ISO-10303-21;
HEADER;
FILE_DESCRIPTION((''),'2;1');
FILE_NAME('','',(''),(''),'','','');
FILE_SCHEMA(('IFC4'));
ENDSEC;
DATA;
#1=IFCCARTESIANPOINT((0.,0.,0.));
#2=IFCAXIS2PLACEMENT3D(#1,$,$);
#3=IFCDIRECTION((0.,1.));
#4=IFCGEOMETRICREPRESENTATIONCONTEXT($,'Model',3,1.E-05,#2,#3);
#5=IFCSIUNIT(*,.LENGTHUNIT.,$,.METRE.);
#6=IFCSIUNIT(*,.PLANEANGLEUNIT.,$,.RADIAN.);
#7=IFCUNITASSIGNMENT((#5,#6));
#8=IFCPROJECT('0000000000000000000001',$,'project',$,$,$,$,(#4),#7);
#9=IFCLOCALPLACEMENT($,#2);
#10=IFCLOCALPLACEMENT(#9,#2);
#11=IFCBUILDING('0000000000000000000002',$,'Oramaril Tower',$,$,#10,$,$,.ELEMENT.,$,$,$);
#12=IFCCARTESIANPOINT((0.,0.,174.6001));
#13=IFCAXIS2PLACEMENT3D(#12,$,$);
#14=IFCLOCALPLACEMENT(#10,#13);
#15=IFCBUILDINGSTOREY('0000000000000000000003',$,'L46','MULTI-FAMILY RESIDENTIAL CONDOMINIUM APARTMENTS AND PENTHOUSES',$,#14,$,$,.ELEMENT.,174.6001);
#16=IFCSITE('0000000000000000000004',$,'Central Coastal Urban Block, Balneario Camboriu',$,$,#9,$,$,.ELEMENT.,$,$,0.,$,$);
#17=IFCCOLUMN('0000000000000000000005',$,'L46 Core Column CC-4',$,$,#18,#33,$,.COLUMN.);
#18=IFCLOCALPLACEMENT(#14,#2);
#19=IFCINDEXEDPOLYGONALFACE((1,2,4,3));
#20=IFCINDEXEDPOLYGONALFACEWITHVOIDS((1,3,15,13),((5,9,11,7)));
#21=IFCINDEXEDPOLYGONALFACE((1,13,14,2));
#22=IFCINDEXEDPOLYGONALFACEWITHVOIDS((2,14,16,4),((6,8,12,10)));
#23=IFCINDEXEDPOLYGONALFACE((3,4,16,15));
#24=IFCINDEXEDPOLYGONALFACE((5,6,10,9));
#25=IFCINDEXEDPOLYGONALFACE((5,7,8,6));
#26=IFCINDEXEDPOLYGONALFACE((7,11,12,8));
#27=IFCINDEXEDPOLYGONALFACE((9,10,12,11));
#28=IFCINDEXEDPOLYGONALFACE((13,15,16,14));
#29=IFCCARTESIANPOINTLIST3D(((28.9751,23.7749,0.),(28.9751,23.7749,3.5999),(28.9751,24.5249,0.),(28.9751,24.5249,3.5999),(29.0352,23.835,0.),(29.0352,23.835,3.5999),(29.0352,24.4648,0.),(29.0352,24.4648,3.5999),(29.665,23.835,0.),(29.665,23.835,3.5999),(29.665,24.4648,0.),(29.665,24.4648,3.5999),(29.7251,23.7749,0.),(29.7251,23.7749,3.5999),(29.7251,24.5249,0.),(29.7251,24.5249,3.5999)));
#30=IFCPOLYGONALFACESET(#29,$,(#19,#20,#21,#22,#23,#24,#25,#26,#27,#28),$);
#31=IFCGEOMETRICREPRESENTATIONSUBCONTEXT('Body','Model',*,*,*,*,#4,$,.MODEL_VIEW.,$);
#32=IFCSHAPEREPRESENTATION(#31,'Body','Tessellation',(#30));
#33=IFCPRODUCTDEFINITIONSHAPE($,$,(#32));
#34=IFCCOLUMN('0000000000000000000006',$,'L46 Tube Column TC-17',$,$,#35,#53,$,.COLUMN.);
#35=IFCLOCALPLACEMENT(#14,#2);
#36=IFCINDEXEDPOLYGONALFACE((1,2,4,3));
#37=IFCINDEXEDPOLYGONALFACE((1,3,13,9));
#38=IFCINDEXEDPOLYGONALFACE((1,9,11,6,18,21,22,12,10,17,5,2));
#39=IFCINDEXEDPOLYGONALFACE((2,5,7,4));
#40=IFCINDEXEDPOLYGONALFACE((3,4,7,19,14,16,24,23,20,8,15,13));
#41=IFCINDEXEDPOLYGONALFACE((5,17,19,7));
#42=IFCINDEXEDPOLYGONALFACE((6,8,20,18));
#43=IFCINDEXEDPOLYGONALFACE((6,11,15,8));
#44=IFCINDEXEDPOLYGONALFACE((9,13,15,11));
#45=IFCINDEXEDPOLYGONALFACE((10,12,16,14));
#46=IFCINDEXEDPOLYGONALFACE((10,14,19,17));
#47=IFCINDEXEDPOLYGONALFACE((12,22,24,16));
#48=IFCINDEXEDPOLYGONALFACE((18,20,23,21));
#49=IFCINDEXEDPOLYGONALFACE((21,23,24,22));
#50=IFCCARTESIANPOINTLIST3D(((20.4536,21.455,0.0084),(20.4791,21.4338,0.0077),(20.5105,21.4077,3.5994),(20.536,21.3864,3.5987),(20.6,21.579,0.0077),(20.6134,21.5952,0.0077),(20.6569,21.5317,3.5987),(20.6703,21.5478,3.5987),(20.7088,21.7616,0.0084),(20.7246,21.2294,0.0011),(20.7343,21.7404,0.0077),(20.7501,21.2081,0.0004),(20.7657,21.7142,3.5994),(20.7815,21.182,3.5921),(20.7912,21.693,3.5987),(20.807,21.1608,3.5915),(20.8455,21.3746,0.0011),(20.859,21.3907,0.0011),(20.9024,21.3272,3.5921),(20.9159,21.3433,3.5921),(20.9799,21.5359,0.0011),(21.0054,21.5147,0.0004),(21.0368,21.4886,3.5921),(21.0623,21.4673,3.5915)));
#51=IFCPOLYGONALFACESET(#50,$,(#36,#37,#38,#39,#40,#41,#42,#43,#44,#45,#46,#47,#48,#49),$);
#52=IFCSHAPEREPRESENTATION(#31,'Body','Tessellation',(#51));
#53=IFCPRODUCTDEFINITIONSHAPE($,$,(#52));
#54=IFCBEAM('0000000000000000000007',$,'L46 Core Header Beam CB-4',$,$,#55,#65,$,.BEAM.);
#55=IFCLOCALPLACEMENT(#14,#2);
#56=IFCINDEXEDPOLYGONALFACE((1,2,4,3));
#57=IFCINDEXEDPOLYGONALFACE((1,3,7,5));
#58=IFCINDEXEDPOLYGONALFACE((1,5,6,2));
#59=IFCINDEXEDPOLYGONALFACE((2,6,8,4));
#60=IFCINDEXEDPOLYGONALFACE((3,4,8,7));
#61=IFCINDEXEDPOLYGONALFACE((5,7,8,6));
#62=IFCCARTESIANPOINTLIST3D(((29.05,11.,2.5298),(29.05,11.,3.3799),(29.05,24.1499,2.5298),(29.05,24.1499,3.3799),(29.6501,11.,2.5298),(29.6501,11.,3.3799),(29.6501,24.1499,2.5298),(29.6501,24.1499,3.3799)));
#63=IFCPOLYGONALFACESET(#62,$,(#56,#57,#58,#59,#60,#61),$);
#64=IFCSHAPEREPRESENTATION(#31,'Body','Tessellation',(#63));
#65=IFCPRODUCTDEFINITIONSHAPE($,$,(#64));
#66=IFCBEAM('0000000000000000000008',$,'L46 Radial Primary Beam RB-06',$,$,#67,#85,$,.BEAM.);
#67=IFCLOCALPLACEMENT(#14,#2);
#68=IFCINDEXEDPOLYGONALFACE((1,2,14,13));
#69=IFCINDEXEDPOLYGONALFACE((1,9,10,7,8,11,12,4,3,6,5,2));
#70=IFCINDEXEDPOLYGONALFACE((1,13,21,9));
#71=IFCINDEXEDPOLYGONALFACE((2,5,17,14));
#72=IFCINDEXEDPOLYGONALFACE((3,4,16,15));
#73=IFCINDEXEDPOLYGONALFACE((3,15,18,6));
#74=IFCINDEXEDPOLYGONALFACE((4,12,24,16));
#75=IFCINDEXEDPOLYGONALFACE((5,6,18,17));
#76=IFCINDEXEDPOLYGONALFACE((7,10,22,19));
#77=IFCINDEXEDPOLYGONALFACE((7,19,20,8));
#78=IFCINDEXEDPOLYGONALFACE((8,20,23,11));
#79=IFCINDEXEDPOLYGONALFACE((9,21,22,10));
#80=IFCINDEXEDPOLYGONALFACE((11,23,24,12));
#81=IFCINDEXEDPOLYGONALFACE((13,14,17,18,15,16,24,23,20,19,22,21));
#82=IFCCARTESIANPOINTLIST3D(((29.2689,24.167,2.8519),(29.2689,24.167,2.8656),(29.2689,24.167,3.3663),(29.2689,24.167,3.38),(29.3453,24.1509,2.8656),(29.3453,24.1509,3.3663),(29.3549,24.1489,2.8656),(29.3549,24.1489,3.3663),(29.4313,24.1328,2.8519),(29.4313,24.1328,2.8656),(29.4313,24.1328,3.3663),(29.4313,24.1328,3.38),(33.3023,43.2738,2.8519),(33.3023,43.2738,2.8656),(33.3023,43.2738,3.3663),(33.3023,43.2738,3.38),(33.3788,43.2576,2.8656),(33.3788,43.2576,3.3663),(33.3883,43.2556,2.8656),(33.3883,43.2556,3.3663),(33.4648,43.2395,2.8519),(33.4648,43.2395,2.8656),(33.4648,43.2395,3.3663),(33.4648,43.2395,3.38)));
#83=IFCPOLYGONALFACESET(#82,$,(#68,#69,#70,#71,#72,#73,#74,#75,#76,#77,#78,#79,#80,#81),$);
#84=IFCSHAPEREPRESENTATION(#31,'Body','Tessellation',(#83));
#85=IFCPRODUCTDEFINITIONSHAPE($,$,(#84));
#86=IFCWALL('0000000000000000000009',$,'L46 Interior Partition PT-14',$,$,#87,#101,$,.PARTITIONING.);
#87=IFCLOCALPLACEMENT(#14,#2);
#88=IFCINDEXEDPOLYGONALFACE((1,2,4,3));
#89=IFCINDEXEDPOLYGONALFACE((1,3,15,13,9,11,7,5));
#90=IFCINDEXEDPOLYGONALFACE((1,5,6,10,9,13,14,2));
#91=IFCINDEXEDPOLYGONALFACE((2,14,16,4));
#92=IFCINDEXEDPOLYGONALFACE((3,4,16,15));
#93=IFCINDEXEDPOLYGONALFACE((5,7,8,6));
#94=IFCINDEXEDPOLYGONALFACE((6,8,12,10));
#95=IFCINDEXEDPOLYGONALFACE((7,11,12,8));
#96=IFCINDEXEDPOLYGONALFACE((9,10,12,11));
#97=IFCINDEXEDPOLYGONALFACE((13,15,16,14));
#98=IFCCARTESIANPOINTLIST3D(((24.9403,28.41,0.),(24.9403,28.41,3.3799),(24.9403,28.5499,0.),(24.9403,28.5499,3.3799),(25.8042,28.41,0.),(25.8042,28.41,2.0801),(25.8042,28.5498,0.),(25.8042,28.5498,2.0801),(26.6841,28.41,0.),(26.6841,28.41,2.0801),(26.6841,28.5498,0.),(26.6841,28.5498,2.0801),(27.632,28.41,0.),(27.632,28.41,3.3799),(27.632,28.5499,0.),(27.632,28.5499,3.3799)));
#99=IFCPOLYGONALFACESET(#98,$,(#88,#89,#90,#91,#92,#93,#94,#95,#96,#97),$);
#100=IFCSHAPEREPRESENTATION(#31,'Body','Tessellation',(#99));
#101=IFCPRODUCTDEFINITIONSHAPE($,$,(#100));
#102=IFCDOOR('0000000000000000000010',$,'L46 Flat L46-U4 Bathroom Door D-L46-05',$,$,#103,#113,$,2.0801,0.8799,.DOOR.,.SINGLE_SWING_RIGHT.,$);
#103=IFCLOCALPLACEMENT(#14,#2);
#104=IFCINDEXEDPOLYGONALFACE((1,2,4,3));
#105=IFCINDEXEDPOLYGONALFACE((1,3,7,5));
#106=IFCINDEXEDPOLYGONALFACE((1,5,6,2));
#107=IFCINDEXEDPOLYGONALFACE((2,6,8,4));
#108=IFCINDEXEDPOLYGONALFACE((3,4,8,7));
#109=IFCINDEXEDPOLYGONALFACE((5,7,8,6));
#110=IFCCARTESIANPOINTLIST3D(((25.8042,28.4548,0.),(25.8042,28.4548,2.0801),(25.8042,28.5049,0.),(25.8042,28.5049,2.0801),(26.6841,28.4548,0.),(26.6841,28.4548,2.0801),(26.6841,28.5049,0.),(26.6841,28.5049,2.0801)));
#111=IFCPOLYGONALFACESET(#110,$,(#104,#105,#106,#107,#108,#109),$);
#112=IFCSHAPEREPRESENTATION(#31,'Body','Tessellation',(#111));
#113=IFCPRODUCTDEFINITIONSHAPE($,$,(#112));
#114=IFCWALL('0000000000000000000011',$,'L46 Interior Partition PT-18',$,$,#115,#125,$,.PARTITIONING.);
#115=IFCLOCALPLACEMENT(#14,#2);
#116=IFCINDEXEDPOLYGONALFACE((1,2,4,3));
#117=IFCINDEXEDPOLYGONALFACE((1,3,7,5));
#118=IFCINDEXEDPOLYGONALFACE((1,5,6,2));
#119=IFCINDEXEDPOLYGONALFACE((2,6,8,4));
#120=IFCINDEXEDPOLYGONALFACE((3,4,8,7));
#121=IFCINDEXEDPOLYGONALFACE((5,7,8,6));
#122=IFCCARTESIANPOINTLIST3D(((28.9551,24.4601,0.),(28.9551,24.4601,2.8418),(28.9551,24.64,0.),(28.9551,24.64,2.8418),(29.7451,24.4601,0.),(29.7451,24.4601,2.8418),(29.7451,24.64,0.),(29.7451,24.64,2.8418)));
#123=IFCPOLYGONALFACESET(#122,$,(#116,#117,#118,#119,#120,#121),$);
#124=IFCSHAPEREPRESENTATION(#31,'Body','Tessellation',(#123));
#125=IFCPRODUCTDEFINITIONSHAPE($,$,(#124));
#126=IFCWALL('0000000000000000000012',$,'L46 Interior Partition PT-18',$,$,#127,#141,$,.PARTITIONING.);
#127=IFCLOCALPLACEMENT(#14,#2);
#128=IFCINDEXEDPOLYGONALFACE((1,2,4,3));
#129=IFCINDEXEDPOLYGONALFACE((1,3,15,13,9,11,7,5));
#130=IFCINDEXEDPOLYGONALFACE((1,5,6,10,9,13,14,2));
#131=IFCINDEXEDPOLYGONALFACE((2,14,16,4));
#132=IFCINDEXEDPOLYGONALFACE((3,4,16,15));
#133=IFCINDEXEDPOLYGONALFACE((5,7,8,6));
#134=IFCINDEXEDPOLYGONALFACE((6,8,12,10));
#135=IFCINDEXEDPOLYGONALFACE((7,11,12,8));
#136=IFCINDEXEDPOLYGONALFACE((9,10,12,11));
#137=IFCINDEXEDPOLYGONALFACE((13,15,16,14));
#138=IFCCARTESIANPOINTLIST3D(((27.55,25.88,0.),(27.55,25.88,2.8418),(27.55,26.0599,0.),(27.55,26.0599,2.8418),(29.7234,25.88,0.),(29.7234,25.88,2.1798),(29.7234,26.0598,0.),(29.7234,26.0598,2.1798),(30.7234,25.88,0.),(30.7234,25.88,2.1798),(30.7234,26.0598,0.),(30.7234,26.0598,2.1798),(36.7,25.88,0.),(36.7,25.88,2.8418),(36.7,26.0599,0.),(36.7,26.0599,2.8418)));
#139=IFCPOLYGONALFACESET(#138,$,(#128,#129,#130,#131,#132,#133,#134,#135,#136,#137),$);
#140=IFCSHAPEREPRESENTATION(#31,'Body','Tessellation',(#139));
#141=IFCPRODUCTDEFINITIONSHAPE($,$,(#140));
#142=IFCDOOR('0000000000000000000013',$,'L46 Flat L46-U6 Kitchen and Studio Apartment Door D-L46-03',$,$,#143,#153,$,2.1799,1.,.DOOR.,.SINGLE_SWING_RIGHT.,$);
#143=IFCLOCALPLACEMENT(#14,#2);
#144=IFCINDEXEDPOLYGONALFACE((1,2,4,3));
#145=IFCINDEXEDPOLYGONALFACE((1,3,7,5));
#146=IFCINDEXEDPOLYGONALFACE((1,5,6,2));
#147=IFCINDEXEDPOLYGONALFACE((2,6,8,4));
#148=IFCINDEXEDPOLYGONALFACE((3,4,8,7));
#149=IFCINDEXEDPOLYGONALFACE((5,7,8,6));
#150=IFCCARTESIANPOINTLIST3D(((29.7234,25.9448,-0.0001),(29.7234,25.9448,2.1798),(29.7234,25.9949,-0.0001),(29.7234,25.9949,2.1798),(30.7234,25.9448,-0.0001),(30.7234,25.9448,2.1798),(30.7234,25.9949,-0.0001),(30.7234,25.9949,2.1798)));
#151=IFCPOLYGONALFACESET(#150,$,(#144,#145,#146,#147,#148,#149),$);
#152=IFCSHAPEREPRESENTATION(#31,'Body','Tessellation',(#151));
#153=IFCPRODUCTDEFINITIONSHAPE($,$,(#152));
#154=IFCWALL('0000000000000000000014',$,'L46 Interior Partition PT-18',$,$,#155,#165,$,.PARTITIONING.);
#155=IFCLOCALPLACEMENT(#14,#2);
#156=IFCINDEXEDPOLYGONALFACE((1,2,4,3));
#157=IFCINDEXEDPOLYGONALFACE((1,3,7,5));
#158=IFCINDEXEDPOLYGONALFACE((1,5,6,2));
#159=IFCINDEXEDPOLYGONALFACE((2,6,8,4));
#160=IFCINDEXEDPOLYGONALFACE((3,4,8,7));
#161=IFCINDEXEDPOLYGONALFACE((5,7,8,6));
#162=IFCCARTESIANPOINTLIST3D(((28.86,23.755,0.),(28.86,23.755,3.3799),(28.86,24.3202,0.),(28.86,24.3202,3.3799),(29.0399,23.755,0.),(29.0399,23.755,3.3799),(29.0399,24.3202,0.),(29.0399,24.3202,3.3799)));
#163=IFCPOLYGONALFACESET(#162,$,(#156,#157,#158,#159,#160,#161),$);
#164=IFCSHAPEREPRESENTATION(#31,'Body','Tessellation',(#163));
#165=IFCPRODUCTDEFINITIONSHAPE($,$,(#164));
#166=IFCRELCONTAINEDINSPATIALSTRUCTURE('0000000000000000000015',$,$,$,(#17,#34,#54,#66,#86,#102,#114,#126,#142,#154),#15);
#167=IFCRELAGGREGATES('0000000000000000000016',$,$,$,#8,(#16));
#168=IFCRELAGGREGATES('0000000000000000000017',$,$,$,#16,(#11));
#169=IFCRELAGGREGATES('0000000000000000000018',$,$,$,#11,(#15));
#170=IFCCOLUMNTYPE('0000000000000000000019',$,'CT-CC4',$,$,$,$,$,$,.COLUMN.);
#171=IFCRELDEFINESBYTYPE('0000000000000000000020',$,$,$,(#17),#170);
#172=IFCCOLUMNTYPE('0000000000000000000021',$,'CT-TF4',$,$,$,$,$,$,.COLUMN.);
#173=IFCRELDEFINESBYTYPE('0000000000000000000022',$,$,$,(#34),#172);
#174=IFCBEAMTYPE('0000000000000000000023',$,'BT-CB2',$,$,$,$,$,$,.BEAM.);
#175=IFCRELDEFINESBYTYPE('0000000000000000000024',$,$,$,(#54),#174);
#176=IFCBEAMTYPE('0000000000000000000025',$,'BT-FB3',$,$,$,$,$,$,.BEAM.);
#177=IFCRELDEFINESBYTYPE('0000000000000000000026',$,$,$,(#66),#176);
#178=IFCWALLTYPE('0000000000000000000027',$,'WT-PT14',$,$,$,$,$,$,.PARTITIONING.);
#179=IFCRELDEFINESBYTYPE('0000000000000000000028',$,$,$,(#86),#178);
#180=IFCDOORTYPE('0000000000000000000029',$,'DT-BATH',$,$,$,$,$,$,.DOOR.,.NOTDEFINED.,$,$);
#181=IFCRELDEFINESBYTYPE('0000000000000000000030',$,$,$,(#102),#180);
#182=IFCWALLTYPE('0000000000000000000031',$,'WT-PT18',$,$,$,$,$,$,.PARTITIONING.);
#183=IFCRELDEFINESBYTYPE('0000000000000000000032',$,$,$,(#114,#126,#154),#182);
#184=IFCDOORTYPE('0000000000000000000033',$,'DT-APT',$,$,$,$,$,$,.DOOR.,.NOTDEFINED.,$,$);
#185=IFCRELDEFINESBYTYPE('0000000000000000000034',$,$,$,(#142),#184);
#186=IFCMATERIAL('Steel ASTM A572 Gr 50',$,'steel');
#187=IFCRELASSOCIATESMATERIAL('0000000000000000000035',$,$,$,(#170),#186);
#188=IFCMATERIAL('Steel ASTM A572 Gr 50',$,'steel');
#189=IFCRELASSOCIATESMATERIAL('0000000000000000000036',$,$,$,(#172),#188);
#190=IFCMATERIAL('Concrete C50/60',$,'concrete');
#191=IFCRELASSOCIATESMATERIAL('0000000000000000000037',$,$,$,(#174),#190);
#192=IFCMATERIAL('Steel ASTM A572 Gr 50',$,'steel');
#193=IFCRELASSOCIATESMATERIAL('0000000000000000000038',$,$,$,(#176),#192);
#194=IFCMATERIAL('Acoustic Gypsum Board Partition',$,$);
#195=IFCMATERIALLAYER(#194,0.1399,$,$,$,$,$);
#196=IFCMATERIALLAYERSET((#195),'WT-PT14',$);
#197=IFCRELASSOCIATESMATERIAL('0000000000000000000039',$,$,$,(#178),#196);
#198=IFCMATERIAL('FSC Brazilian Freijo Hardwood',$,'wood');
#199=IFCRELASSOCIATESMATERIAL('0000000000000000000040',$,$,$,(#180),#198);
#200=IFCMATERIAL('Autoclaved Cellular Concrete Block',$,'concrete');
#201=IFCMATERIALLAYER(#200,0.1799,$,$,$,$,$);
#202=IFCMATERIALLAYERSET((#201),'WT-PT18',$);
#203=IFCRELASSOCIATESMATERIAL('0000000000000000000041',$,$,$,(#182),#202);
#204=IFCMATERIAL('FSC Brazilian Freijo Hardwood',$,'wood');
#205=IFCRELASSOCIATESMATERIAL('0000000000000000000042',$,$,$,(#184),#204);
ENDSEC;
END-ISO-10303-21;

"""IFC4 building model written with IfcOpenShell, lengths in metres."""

from ifc_helpers import new_model, si_unit, direction, frame, frame_2d, origin, origin_2d, place, context, subcontext, project, spatial, rectangle, hollow_rectangle, i_section, extrude, material, layer, layer_set, material_profile, profile_set, type_object, element, fill, save


model = new_model("IFC4")

# Units and contexts
model_context = context("Model", 3, precision=1e-05, world=origin(), true_north=direction((0.0, 1.0)))
body_context = subcontext(model_context, "Body", "Model", "MODEL_VIEW")
ifc_project = project(units=[si_unit("LENGTHUNIT", "METRE"), si_unit("PLANEANGLEUNIT", "RADIAN")], contexts=[model_context])

# Site, building, storey
site_placement = place(None, origin())
site = spatial("IfcSite", under=ifc_project, at=site_placement, Name="Central Coastal Urban Block, Balneario Camboriu", CompositionType="ELEMENT", RefElevation=0.0)
building_placement = place(site_placement, origin())
building = spatial("IfcBuilding", under=site, at=building_placement, Name="Oramaril Tower", CompositionType="ELEMENT")
storey_placement = place(building_placement, frame((0.0, 0.0, 174.6001)))
storey = spatial("IfcBuildingStorey", under=building, at=storey_placement, Name="L46", Description="MULTI-FAMILY RESIDENTIAL CONDOMINIUM APARTMENTS AND PENTHOUSES", CompositionType="ELEMENT", Elevation=174.6001)

# Columns
ifc_material_1 = material(Name="Steel ASTM A572 Gr 50", Category="steel")
ifc_material_profile_1 = material_profile(ifc_material_1, hollow_rectangle(XDim=0.75, YDim=0.75, WallThickness=0.0601, at=origin_2d()), Name="BOX750X750X60")
ifc_profile_set_1 = profile_set([ifc_material_profile_1], Name="Steel ASTM A572 Gr 50")
column_type_1 = type_object("IfcColumnType", Name="CT-CC4", PredefinedType="COLUMN", material=ifc_profile_set_1)
column_1_placement = place(storey_placement, frame((29.3501, 24.1499, 0.0), z_axis=(0.0, 0.0, 1.0), x_axis=(1.0, 0.0, 0.0)))
element("IfcColumn", 1, at=column_1_placement, inside=storey, type_object=column_type_1, Name="L46 Core Column CC-4", PredefinedType="COLUMN", context=body_context, shape_type="SweptSolid", body=[
    extrude(hollow_rectangle(XDim=0.75, YDim=0.75, WallThickness=0.0601, at=origin_2d()), origin(), (0.0, 0.0, 1.0), 3.5999),
])
ifc_material_2 = material(Name="Steel ASTM A572 Gr 50", Category="steel")
ifc_material_profile_2 = material_profile(ifc_material_2, i_section(OverallWidth=0.3989, OverallDepth=0.386, WebThickness=0.021, FlangeThickness=0.0332, at=origin_2d()), Name="W14X176")
ifc_profile_set_2 = profile_set([ifc_material_profile_2], Name="Steel ASTM A572 Gr 50")
column_type_2 = type_object("IfcColumnType", Name="CT-TF4", PredefinedType="COLUMN", material=ifc_profile_set_2)
column_2_placement = place(storey_placement, frame((20.7295, 21.4849, 0.0044), z_axis=(0.015837, -0.013186, 0.999788), x_axis=(0.63986, 0.768492, 0.0)))
element("IfcColumn", 2, at=column_2_placement, inside=storey, type_object=column_type_2, Name="L46 Tube Column TC-17", PredefinedType="COLUMN", context=body_context, shape_type="SweptSolid", body=[
    extrude(i_section(OverallWidth=0.3989, OverallDepth=0.386, WebThickness=0.021, FlangeThickness=0.0332, at=origin_2d()), origin(), (0.0, 0.0, 1.0), 3.5918),
])

# Beams
ifc_material_3 = material(Name="Concrete C50/60", Category="concrete")
ifc_material_profile_3 = material_profile(ifc_material_3, rectangle(XDim=0.6001, YDim=0.8501, at=origin_2d()), Name="CB600X850")
ifc_profile_set_3 = profile_set([ifc_material_profile_3], Name="Concrete C50/60")
beam_type_1 = type_object("IfcBeamType", Name="BT-CB2", PredefinedType="BEAM", material=ifc_profile_set_3)
beam_1_placement = place(storey_placement, frame((29.3501, 24.1499, 2.9548), z_axis=(0.0, -1.0, 0.0), x_axis=(1.0, 0.0, 0.0)))
element("IfcBeam", 3, at=beam_1_placement, inside=storey, type_object=beam_type_1, Name="L46 Core Header Beam CB-4", PredefinedType="BEAM", context=body_context, shape_type="SweptSolid", body=[
    extrude(rectangle(XDim=0.6001, YDim=0.8501, at=origin_2d()), origin(), (0.0, 0.0, 1.0), 13.1499),
])
ifc_material_4 = material(Name="Steel ASTM A572 Gr 50", Category="steel")
ifc_material_profile_4 = material_profile(ifc_material_4, i_section(OverallWidth=0.166, OverallDepth=0.5281, WebThickness=0.0098, FlangeThickness=0.0137, at=origin_2d()), Name="W21X50")
ifc_profile_set_4 = profile_set([ifc_material_profile_4], Name="Steel ASTM A572 Gr 50")
beam_type_2 = type_object("IfcBeamType", Name="BT-FB3", PredefinedType="BEAM", material=ifc_profile_set_4)
beam_2_placement = place(storey_placement, frame((29.3501, 24.1499, 3.116), z_axis=(0.206549, 0.978436, 0.0), x_axis=(-0.978436, 0.206549, 0.0)))
element("IfcBeam", 4, at=beam_2_placement, inside=storey, type_object=beam_type_2, Name="L46 Radial Primary Beam RB-06", PredefinedType="BEAM", context=body_context, shape_type="SweptSolid", body=[
    extrude(i_section(OverallWidth=0.166, OverallDepth=0.5281, WebThickness=0.0098, FlangeThickness=0.0137, at=origin_2d()), origin(), (0.0, 0.0, 1.0), 19.5278),
])

# Wall, opening, door
ifc_material_5 = material(Name="Acoustic Gypsum Board Partition")
ifc_layer_1 = layer(ifc_material_5, 0.1399)
ifc_layer_set_1 = layer_set([ifc_layer_1], Name="WT-PT14")
wall_type_1 = type_object("IfcWallType", Name="WT-PT14", PredefinedType="PARTITIONING", material=ifc_layer_set_1)
wall_1_placement = place(storey_placement, frame((24.9404, 28.48, 0.0), z_axis=(0.0, 0.0, 1.0), x_axis=(1.0, 0.0, 0.0)))
wall_1 = element("IfcWall", 5, at=wall_1_placement, inside=storey, type_object=wall_type_1, Name="L46 Interior Partition PT-14", PredefinedType="PARTITIONING", context=body_context, shape_type="SweptSolid", body=[
    extrude(rectangle(XDim=2.6917, YDim=0.1399, at=frame_2d((1.3457, 0.0))), origin(), (0.0, 0.0, 1.0), 3.3799),
])
opening_1_placement = place(wall_1_placement, frame((0.8638, 0.0, 0.0)))
opening_1 = element("IfcOpeningElement", 6, at=opening_1_placement, cuts=wall_1, PredefinedType="OPENING", context=body_context, shape_type="SweptSolid", body=[
    extrude(rectangle(XDim=0.8799, YDim=2.0801, at=frame_2d((0.4399, 1.04))), frame((0.0, 0.0698, 0.0), z_axis=(0.0, -1.0, 0.0), x_axis=(1.0, 0.0, 0.0)), (0.0, 0.0, 1.0), 0.1399),
])
ifc_material_6 = material(Name="FSC Brazilian Freijo Hardwood", Category="wood")
door_type_1 = type_object("IfcDoorType", Name="DT-BATH", OperationType="NOTDEFINED", PredefinedType="DOOR", material=ifc_material_6)
door_1_placement = place(opening_1_placement, origin())
door_1 = element("IfcDoor", 7, at=door_1_placement, inside=storey, type_object=door_type_1, Name="L46 Flat L46-U4 Bathroom Door D-L46-05", OperationType="SINGLE_SWING_RIGHT", OverallHeight=2.0801, OverallWidth=0.8799, PredefinedType="DOOR", context=body_context, shape_type="SweptSolid", body=[
    extrude(rectangle(XDim=0.8799, YDim=2.0801, at=frame_2d((0.4399, 1.04))), frame((0.0, 0.0249, 0.0), z_axis=(0.0, -1.0, 0.0), x_axis=(1.0, 0.0, 0.0)), (0.0, 0.0, 1.0), 0.05),
])
fill(opening_1, door_1)

# Wall
ifc_material_7 = material(Name="Autoclaved Cellular Concrete Block", Category="concrete")
ifc_layer_2 = layer(ifc_material_7, 0.1799)
ifc_layer_set_2 = layer_set([ifc_layer_2], Name="WT-PT18")
wall_type_2 = type_object("IfcWallType", Name="WT-PT18", PredefinedType="PARTITIONING", material=ifc_layer_set_2)
wall_2_placement = place(storey_placement, frame((28.9551, 24.55, 0.0), z_axis=(0.0, 0.0, 1.0), x_axis=(1.0, 0.0, 0.0)))
element("IfcWall", 8, at=wall_2_placement, inside=storey, type_object=wall_type_2, Name="L46 Interior Partition PT-18", PredefinedType="PARTITIONING", context=body_context, shape_type="SweptSolid", body=[
    extrude(rectangle(XDim=0.79, YDim=0.1799, at=frame_2d((0.395, 0.0))), origin(), (0.0, 0.0, 1.0), 2.8418),
])

# Wall, opening, door
wall_3_placement = place(storey_placement, frame((27.55, 25.97, 0.0), z_axis=(0.0, 0.0, 1.0), x_axis=(1.0, 0.0, 0.0)))
wall_3 = element("IfcWall", 9, at=wall_3_placement, inside=storey, type_object=wall_type_2, Name="L46 Interior Partition PT-18", PredefinedType="PARTITIONING", context=body_context, shape_type="SweptSolid", body=[
    extrude(rectangle(XDim=9.1499, YDim=0.1799, at=frame_2d((4.575, 0.0))), origin(), (0.0, 0.0, 1.0), 2.8418),
])
opening_2_placement = place(wall_3_placement, frame((2.1733, 0.0, 0.0)))
opening_2 = element("IfcOpeningElement", 10, at=opening_2_placement, cuts=wall_3, PredefinedType="OPENING", context=body_context, shape_type="SweptSolid", body=[
    extrude(rectangle(XDim=1.0, YDim=2.1799, at=frame_2d((0.5, 1.0898))), frame((0.0, 0.0898, 0.0), z_axis=(0.0, -1.0, 0.0), x_axis=(1.0, 0.0, 0.0)), (0.0, 0.0, 1.0), 0.1799),
])
ifc_material_8 = material(Name="FSC Brazilian Freijo Hardwood", Category="wood")
door_type_2 = type_object("IfcDoorType", Name="DT-APT", OperationType="NOTDEFINED", PredefinedType="DOOR", material=ifc_material_8)
door_2_placement = place(opening_2_placement, origin())
door_2 = element("IfcDoor", 11, at=door_2_placement, inside=storey, type_object=door_type_2, Name="L46 Flat L46-U6 Kitchen and Studio Apartment Door D-L46-03", OperationType="SINGLE_SWING_RIGHT", OverallHeight=2.1799, OverallWidth=1.0, PredefinedType="DOOR", context=body_context, shape_type="SweptSolid", body=[
    extrude(rectangle(XDim=1.0, YDim=2.1799, at=frame_2d((0.5, 1.0898))), frame((0.0, 0.0249, 0.0), z_axis=(0.0, -1.0, 0.0), x_axis=(1.0, 0.0, 0.0)), (0.0, 0.0, 1.0), 0.05),
])
fill(opening_2, door_2)

# Wall
wall_4_placement = place(storey_placement, frame((28.95, 23.7549, 0.0), z_axis=(0.0, 0.0, 1.0), x_axis=(0.0, 1.0, 0.0)))
element("IfcWall", 12, at=wall_4_placement, inside=storey, type_object=wall_type_2, Name="L46 Interior Partition PT-18", PredefinedType="PARTITIONING", context=body_context, shape_type="SweptSolid", body=[
    extrude(rectangle(XDim=0.5652, YDim=0.1799, at=frame_2d((0.2827, 0.0))), origin(), (0.0, 0.0, 1.0), 3.3799),
])

save(model, "model.ifc")
